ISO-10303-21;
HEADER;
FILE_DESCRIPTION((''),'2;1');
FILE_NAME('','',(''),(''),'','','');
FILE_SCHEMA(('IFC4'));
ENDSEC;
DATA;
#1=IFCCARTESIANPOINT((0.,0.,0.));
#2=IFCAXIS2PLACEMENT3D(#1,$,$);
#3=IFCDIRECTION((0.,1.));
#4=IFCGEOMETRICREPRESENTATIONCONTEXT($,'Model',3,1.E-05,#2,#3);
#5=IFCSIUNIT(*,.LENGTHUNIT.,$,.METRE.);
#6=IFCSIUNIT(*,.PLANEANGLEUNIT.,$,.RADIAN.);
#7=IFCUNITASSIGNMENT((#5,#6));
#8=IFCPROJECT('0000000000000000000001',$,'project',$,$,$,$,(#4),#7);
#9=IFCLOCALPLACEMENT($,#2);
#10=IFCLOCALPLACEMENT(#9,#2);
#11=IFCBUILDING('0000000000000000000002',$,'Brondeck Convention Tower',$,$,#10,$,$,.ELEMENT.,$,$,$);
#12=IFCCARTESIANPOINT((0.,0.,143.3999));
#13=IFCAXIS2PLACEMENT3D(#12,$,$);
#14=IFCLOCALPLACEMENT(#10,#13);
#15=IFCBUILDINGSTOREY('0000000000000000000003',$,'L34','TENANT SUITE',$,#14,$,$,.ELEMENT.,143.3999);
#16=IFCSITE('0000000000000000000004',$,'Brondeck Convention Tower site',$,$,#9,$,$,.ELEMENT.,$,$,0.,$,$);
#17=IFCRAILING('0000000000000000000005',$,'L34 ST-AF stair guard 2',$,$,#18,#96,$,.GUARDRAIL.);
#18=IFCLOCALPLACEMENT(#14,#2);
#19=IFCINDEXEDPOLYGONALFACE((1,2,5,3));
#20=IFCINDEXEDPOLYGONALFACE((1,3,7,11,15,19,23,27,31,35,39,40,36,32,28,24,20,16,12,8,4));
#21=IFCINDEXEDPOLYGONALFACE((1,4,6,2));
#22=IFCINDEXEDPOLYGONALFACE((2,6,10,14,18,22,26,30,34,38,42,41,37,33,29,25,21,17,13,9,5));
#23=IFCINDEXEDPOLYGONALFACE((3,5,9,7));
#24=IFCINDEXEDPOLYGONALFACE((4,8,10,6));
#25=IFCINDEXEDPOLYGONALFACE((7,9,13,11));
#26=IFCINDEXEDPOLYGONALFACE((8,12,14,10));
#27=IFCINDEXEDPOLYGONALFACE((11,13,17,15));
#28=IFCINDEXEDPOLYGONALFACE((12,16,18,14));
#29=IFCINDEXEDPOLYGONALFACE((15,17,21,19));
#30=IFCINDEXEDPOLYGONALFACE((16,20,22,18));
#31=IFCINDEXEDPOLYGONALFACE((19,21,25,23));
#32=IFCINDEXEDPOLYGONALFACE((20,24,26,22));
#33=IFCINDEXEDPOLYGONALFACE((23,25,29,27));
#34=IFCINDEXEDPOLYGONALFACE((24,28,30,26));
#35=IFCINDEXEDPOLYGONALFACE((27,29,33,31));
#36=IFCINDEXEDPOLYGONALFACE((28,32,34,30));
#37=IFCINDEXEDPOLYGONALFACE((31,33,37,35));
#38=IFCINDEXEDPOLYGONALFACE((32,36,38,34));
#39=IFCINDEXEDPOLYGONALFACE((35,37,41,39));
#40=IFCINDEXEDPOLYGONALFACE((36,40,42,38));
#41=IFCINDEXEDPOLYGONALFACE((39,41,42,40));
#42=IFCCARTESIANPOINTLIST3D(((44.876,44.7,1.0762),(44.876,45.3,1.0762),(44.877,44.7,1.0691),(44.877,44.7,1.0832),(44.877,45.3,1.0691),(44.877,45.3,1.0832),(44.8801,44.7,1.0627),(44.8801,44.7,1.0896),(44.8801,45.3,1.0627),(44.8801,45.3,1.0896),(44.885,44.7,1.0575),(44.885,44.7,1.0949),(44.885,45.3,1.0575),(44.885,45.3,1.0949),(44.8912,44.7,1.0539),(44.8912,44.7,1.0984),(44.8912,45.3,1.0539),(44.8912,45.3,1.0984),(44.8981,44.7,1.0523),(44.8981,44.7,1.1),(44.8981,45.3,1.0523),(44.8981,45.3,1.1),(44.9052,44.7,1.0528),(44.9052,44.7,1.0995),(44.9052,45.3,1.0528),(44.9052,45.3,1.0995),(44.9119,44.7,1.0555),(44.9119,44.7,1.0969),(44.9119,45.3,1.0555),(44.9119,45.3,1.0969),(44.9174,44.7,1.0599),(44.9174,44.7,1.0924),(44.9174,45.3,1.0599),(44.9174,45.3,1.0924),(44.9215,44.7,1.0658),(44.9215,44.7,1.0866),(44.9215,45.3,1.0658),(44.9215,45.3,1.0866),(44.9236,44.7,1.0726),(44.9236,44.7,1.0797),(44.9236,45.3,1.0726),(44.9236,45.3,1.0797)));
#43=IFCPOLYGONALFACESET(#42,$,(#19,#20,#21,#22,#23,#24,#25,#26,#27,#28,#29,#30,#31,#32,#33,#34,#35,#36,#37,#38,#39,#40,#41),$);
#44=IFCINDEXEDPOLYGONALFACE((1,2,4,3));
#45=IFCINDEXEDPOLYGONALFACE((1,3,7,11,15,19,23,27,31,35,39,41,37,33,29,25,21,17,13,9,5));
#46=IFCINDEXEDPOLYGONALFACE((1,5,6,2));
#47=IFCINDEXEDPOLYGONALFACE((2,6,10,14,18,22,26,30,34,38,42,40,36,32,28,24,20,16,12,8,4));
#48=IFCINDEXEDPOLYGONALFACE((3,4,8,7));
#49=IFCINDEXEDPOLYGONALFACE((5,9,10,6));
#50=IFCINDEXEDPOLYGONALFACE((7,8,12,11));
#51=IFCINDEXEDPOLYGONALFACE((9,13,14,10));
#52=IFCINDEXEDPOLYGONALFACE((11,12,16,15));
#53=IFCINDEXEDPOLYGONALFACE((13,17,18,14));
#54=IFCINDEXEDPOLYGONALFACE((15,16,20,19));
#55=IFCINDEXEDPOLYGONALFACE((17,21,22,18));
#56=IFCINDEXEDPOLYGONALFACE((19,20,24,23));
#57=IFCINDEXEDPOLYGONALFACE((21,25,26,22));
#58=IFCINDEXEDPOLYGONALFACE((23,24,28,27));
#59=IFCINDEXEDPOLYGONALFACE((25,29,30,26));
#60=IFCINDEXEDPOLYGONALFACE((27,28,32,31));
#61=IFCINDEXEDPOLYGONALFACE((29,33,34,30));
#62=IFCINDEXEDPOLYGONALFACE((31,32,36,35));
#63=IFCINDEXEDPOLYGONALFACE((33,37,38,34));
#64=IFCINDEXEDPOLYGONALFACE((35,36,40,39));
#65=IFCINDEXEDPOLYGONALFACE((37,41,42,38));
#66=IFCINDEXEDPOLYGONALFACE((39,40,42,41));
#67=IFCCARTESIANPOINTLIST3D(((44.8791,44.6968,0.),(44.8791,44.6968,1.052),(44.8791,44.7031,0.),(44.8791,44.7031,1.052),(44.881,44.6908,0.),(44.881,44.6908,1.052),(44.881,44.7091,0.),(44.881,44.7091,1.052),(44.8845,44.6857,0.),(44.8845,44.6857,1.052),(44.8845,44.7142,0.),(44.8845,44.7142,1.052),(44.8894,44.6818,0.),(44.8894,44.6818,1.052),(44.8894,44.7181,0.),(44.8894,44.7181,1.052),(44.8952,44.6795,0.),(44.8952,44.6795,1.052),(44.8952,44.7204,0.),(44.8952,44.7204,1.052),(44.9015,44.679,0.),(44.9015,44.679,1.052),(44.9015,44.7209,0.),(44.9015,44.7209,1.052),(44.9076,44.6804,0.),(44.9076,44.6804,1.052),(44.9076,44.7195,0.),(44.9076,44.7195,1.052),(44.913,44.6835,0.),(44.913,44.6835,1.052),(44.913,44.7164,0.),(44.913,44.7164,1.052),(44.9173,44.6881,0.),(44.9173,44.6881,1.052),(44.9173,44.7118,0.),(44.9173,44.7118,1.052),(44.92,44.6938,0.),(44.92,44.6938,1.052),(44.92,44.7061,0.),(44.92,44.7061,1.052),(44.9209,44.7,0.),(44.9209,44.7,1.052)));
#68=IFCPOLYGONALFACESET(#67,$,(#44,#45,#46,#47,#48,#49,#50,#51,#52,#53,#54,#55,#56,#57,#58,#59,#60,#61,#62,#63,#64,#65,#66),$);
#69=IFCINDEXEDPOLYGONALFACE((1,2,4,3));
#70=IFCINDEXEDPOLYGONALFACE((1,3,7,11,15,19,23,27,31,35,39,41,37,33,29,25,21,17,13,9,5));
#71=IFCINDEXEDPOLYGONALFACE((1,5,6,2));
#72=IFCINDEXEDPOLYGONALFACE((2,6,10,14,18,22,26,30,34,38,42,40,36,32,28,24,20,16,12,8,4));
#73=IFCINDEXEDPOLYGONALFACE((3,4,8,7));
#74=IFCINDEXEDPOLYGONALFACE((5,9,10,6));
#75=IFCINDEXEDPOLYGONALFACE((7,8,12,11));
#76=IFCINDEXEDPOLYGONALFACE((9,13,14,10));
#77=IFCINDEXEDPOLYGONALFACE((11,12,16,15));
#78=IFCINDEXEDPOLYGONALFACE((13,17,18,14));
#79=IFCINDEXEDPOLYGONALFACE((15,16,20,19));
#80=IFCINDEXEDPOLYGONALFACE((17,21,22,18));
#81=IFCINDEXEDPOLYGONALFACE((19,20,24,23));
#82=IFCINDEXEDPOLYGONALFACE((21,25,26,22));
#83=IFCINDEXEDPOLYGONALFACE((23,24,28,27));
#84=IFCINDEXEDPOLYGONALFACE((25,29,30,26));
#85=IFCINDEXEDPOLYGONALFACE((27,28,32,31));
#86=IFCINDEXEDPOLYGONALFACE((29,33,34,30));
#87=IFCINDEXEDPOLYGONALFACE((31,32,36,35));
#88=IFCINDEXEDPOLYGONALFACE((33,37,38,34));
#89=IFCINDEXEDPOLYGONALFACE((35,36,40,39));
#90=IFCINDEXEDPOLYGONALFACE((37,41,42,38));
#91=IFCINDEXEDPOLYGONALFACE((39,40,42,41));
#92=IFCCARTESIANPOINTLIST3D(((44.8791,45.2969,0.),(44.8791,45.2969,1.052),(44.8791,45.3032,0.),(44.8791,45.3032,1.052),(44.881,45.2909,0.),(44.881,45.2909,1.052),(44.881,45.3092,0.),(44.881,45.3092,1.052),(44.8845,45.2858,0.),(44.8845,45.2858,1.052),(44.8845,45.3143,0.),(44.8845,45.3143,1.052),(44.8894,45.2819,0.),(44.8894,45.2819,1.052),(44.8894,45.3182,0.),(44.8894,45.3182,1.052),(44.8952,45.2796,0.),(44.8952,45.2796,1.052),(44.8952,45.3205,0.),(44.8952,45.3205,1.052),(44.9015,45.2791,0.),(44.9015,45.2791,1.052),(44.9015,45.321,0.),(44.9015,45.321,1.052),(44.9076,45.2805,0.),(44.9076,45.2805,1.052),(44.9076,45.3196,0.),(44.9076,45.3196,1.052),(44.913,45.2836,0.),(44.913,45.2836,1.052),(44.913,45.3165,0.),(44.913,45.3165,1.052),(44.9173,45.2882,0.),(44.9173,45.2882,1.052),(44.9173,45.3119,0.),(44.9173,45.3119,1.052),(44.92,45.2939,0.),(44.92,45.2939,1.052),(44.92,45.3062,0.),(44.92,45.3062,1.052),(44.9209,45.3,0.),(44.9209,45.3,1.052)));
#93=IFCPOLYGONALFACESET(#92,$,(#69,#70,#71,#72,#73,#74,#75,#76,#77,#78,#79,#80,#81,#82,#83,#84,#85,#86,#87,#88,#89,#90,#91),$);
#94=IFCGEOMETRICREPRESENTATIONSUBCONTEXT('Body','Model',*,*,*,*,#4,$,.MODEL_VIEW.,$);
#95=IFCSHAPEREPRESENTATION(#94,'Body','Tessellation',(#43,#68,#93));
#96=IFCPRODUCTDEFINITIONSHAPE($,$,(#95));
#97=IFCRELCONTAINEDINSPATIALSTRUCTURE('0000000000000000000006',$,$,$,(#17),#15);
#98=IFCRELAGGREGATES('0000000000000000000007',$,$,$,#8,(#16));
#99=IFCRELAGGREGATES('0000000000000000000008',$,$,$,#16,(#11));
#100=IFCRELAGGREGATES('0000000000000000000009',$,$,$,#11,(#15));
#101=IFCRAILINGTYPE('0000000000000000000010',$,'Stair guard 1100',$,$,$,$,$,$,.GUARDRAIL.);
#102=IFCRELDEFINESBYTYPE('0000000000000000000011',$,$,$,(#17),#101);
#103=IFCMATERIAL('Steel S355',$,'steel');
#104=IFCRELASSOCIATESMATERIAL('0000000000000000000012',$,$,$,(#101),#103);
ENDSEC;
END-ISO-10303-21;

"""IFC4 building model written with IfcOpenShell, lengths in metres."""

from ifc_helpers import new_model, si_unit, direction, frame, origin, origin_2d, place, context, subcontext, project, spatial, circle, extrude, material, type_object, element, save


model = new_model("IFC4")

# Units and contexts
model_context = context("Model", 3, precision=1e-05, world=origin(), true_north=direction((0.0, 1.0)))
body_context = subcontext(model_context, "Body", "Model", "MODEL_VIEW")
ifc_project = project(units=[si_unit("LENGTHUNIT", "METRE"), si_unit("PLANEANGLEUNIT", "RADIAN")], contexts=[model_context])

# Site, building, storey
site_placement = place(None, origin())
site = spatial("IfcSite", under=ifc_project, at=site_placement, Name="Brondeck Convention Tower site", CompositionType="ELEMENT", RefElevation=0.0)
building_placement = place(site_placement, origin())
building = spatial("IfcBuilding", under=site, at=building_placement, Name="Brondeck Convention Tower", CompositionType="ELEMENT")
storey_placement = place(building_placement, frame((0.0, 0.0, 143.3999)))
storey = spatial("IfcBuildingStorey", under=building, at=storey_placement, Name="L34", Description="TENANT SUITE", CompositionType="ELEMENT", Elevation=143.3999)

# Shared definitions
ifc_material_1 = material(Name="Steel S355", Category="steel")

# Railing
railing_type_1 = type_object("IfcRailingType", Name="Stair guard 1100", PredefinedType="GUARDRAIL", material=ifc_material_1)
railing_1_placement = place(storey_placement, frame((44.8999, 44.7, 0.0)))
element("IfcRailing", 1, at=railing_1_placement, inside=storey, type_object=railing_type_1, Name="L34 ST-AF stair guard 2", PredefinedType="GUARDRAIL", context=body_context, shape_type="SweptSolid", body=[
    extrude(circle(Radius=0.0239, at=origin_2d()), frame((0.0, 0.0, 1.0762), z_axis=(0.0, 1.0, 0.0), x_axis=(-1.0, 0.0, 0.0)), (0.0, 0.0, 1.0), 0.6001),
    extrude(circle(Radius=0.021, at=origin_2d()), origin(), (0.0, 0.0, 1.0), 1.052),
    extrude(circle(Radius=0.021, at=origin_2d()), frame((0.0, 0.6001, 0.0)), (0.0, 0.0, 1.0), 1.052),
])

save(model, "model.ifc")
